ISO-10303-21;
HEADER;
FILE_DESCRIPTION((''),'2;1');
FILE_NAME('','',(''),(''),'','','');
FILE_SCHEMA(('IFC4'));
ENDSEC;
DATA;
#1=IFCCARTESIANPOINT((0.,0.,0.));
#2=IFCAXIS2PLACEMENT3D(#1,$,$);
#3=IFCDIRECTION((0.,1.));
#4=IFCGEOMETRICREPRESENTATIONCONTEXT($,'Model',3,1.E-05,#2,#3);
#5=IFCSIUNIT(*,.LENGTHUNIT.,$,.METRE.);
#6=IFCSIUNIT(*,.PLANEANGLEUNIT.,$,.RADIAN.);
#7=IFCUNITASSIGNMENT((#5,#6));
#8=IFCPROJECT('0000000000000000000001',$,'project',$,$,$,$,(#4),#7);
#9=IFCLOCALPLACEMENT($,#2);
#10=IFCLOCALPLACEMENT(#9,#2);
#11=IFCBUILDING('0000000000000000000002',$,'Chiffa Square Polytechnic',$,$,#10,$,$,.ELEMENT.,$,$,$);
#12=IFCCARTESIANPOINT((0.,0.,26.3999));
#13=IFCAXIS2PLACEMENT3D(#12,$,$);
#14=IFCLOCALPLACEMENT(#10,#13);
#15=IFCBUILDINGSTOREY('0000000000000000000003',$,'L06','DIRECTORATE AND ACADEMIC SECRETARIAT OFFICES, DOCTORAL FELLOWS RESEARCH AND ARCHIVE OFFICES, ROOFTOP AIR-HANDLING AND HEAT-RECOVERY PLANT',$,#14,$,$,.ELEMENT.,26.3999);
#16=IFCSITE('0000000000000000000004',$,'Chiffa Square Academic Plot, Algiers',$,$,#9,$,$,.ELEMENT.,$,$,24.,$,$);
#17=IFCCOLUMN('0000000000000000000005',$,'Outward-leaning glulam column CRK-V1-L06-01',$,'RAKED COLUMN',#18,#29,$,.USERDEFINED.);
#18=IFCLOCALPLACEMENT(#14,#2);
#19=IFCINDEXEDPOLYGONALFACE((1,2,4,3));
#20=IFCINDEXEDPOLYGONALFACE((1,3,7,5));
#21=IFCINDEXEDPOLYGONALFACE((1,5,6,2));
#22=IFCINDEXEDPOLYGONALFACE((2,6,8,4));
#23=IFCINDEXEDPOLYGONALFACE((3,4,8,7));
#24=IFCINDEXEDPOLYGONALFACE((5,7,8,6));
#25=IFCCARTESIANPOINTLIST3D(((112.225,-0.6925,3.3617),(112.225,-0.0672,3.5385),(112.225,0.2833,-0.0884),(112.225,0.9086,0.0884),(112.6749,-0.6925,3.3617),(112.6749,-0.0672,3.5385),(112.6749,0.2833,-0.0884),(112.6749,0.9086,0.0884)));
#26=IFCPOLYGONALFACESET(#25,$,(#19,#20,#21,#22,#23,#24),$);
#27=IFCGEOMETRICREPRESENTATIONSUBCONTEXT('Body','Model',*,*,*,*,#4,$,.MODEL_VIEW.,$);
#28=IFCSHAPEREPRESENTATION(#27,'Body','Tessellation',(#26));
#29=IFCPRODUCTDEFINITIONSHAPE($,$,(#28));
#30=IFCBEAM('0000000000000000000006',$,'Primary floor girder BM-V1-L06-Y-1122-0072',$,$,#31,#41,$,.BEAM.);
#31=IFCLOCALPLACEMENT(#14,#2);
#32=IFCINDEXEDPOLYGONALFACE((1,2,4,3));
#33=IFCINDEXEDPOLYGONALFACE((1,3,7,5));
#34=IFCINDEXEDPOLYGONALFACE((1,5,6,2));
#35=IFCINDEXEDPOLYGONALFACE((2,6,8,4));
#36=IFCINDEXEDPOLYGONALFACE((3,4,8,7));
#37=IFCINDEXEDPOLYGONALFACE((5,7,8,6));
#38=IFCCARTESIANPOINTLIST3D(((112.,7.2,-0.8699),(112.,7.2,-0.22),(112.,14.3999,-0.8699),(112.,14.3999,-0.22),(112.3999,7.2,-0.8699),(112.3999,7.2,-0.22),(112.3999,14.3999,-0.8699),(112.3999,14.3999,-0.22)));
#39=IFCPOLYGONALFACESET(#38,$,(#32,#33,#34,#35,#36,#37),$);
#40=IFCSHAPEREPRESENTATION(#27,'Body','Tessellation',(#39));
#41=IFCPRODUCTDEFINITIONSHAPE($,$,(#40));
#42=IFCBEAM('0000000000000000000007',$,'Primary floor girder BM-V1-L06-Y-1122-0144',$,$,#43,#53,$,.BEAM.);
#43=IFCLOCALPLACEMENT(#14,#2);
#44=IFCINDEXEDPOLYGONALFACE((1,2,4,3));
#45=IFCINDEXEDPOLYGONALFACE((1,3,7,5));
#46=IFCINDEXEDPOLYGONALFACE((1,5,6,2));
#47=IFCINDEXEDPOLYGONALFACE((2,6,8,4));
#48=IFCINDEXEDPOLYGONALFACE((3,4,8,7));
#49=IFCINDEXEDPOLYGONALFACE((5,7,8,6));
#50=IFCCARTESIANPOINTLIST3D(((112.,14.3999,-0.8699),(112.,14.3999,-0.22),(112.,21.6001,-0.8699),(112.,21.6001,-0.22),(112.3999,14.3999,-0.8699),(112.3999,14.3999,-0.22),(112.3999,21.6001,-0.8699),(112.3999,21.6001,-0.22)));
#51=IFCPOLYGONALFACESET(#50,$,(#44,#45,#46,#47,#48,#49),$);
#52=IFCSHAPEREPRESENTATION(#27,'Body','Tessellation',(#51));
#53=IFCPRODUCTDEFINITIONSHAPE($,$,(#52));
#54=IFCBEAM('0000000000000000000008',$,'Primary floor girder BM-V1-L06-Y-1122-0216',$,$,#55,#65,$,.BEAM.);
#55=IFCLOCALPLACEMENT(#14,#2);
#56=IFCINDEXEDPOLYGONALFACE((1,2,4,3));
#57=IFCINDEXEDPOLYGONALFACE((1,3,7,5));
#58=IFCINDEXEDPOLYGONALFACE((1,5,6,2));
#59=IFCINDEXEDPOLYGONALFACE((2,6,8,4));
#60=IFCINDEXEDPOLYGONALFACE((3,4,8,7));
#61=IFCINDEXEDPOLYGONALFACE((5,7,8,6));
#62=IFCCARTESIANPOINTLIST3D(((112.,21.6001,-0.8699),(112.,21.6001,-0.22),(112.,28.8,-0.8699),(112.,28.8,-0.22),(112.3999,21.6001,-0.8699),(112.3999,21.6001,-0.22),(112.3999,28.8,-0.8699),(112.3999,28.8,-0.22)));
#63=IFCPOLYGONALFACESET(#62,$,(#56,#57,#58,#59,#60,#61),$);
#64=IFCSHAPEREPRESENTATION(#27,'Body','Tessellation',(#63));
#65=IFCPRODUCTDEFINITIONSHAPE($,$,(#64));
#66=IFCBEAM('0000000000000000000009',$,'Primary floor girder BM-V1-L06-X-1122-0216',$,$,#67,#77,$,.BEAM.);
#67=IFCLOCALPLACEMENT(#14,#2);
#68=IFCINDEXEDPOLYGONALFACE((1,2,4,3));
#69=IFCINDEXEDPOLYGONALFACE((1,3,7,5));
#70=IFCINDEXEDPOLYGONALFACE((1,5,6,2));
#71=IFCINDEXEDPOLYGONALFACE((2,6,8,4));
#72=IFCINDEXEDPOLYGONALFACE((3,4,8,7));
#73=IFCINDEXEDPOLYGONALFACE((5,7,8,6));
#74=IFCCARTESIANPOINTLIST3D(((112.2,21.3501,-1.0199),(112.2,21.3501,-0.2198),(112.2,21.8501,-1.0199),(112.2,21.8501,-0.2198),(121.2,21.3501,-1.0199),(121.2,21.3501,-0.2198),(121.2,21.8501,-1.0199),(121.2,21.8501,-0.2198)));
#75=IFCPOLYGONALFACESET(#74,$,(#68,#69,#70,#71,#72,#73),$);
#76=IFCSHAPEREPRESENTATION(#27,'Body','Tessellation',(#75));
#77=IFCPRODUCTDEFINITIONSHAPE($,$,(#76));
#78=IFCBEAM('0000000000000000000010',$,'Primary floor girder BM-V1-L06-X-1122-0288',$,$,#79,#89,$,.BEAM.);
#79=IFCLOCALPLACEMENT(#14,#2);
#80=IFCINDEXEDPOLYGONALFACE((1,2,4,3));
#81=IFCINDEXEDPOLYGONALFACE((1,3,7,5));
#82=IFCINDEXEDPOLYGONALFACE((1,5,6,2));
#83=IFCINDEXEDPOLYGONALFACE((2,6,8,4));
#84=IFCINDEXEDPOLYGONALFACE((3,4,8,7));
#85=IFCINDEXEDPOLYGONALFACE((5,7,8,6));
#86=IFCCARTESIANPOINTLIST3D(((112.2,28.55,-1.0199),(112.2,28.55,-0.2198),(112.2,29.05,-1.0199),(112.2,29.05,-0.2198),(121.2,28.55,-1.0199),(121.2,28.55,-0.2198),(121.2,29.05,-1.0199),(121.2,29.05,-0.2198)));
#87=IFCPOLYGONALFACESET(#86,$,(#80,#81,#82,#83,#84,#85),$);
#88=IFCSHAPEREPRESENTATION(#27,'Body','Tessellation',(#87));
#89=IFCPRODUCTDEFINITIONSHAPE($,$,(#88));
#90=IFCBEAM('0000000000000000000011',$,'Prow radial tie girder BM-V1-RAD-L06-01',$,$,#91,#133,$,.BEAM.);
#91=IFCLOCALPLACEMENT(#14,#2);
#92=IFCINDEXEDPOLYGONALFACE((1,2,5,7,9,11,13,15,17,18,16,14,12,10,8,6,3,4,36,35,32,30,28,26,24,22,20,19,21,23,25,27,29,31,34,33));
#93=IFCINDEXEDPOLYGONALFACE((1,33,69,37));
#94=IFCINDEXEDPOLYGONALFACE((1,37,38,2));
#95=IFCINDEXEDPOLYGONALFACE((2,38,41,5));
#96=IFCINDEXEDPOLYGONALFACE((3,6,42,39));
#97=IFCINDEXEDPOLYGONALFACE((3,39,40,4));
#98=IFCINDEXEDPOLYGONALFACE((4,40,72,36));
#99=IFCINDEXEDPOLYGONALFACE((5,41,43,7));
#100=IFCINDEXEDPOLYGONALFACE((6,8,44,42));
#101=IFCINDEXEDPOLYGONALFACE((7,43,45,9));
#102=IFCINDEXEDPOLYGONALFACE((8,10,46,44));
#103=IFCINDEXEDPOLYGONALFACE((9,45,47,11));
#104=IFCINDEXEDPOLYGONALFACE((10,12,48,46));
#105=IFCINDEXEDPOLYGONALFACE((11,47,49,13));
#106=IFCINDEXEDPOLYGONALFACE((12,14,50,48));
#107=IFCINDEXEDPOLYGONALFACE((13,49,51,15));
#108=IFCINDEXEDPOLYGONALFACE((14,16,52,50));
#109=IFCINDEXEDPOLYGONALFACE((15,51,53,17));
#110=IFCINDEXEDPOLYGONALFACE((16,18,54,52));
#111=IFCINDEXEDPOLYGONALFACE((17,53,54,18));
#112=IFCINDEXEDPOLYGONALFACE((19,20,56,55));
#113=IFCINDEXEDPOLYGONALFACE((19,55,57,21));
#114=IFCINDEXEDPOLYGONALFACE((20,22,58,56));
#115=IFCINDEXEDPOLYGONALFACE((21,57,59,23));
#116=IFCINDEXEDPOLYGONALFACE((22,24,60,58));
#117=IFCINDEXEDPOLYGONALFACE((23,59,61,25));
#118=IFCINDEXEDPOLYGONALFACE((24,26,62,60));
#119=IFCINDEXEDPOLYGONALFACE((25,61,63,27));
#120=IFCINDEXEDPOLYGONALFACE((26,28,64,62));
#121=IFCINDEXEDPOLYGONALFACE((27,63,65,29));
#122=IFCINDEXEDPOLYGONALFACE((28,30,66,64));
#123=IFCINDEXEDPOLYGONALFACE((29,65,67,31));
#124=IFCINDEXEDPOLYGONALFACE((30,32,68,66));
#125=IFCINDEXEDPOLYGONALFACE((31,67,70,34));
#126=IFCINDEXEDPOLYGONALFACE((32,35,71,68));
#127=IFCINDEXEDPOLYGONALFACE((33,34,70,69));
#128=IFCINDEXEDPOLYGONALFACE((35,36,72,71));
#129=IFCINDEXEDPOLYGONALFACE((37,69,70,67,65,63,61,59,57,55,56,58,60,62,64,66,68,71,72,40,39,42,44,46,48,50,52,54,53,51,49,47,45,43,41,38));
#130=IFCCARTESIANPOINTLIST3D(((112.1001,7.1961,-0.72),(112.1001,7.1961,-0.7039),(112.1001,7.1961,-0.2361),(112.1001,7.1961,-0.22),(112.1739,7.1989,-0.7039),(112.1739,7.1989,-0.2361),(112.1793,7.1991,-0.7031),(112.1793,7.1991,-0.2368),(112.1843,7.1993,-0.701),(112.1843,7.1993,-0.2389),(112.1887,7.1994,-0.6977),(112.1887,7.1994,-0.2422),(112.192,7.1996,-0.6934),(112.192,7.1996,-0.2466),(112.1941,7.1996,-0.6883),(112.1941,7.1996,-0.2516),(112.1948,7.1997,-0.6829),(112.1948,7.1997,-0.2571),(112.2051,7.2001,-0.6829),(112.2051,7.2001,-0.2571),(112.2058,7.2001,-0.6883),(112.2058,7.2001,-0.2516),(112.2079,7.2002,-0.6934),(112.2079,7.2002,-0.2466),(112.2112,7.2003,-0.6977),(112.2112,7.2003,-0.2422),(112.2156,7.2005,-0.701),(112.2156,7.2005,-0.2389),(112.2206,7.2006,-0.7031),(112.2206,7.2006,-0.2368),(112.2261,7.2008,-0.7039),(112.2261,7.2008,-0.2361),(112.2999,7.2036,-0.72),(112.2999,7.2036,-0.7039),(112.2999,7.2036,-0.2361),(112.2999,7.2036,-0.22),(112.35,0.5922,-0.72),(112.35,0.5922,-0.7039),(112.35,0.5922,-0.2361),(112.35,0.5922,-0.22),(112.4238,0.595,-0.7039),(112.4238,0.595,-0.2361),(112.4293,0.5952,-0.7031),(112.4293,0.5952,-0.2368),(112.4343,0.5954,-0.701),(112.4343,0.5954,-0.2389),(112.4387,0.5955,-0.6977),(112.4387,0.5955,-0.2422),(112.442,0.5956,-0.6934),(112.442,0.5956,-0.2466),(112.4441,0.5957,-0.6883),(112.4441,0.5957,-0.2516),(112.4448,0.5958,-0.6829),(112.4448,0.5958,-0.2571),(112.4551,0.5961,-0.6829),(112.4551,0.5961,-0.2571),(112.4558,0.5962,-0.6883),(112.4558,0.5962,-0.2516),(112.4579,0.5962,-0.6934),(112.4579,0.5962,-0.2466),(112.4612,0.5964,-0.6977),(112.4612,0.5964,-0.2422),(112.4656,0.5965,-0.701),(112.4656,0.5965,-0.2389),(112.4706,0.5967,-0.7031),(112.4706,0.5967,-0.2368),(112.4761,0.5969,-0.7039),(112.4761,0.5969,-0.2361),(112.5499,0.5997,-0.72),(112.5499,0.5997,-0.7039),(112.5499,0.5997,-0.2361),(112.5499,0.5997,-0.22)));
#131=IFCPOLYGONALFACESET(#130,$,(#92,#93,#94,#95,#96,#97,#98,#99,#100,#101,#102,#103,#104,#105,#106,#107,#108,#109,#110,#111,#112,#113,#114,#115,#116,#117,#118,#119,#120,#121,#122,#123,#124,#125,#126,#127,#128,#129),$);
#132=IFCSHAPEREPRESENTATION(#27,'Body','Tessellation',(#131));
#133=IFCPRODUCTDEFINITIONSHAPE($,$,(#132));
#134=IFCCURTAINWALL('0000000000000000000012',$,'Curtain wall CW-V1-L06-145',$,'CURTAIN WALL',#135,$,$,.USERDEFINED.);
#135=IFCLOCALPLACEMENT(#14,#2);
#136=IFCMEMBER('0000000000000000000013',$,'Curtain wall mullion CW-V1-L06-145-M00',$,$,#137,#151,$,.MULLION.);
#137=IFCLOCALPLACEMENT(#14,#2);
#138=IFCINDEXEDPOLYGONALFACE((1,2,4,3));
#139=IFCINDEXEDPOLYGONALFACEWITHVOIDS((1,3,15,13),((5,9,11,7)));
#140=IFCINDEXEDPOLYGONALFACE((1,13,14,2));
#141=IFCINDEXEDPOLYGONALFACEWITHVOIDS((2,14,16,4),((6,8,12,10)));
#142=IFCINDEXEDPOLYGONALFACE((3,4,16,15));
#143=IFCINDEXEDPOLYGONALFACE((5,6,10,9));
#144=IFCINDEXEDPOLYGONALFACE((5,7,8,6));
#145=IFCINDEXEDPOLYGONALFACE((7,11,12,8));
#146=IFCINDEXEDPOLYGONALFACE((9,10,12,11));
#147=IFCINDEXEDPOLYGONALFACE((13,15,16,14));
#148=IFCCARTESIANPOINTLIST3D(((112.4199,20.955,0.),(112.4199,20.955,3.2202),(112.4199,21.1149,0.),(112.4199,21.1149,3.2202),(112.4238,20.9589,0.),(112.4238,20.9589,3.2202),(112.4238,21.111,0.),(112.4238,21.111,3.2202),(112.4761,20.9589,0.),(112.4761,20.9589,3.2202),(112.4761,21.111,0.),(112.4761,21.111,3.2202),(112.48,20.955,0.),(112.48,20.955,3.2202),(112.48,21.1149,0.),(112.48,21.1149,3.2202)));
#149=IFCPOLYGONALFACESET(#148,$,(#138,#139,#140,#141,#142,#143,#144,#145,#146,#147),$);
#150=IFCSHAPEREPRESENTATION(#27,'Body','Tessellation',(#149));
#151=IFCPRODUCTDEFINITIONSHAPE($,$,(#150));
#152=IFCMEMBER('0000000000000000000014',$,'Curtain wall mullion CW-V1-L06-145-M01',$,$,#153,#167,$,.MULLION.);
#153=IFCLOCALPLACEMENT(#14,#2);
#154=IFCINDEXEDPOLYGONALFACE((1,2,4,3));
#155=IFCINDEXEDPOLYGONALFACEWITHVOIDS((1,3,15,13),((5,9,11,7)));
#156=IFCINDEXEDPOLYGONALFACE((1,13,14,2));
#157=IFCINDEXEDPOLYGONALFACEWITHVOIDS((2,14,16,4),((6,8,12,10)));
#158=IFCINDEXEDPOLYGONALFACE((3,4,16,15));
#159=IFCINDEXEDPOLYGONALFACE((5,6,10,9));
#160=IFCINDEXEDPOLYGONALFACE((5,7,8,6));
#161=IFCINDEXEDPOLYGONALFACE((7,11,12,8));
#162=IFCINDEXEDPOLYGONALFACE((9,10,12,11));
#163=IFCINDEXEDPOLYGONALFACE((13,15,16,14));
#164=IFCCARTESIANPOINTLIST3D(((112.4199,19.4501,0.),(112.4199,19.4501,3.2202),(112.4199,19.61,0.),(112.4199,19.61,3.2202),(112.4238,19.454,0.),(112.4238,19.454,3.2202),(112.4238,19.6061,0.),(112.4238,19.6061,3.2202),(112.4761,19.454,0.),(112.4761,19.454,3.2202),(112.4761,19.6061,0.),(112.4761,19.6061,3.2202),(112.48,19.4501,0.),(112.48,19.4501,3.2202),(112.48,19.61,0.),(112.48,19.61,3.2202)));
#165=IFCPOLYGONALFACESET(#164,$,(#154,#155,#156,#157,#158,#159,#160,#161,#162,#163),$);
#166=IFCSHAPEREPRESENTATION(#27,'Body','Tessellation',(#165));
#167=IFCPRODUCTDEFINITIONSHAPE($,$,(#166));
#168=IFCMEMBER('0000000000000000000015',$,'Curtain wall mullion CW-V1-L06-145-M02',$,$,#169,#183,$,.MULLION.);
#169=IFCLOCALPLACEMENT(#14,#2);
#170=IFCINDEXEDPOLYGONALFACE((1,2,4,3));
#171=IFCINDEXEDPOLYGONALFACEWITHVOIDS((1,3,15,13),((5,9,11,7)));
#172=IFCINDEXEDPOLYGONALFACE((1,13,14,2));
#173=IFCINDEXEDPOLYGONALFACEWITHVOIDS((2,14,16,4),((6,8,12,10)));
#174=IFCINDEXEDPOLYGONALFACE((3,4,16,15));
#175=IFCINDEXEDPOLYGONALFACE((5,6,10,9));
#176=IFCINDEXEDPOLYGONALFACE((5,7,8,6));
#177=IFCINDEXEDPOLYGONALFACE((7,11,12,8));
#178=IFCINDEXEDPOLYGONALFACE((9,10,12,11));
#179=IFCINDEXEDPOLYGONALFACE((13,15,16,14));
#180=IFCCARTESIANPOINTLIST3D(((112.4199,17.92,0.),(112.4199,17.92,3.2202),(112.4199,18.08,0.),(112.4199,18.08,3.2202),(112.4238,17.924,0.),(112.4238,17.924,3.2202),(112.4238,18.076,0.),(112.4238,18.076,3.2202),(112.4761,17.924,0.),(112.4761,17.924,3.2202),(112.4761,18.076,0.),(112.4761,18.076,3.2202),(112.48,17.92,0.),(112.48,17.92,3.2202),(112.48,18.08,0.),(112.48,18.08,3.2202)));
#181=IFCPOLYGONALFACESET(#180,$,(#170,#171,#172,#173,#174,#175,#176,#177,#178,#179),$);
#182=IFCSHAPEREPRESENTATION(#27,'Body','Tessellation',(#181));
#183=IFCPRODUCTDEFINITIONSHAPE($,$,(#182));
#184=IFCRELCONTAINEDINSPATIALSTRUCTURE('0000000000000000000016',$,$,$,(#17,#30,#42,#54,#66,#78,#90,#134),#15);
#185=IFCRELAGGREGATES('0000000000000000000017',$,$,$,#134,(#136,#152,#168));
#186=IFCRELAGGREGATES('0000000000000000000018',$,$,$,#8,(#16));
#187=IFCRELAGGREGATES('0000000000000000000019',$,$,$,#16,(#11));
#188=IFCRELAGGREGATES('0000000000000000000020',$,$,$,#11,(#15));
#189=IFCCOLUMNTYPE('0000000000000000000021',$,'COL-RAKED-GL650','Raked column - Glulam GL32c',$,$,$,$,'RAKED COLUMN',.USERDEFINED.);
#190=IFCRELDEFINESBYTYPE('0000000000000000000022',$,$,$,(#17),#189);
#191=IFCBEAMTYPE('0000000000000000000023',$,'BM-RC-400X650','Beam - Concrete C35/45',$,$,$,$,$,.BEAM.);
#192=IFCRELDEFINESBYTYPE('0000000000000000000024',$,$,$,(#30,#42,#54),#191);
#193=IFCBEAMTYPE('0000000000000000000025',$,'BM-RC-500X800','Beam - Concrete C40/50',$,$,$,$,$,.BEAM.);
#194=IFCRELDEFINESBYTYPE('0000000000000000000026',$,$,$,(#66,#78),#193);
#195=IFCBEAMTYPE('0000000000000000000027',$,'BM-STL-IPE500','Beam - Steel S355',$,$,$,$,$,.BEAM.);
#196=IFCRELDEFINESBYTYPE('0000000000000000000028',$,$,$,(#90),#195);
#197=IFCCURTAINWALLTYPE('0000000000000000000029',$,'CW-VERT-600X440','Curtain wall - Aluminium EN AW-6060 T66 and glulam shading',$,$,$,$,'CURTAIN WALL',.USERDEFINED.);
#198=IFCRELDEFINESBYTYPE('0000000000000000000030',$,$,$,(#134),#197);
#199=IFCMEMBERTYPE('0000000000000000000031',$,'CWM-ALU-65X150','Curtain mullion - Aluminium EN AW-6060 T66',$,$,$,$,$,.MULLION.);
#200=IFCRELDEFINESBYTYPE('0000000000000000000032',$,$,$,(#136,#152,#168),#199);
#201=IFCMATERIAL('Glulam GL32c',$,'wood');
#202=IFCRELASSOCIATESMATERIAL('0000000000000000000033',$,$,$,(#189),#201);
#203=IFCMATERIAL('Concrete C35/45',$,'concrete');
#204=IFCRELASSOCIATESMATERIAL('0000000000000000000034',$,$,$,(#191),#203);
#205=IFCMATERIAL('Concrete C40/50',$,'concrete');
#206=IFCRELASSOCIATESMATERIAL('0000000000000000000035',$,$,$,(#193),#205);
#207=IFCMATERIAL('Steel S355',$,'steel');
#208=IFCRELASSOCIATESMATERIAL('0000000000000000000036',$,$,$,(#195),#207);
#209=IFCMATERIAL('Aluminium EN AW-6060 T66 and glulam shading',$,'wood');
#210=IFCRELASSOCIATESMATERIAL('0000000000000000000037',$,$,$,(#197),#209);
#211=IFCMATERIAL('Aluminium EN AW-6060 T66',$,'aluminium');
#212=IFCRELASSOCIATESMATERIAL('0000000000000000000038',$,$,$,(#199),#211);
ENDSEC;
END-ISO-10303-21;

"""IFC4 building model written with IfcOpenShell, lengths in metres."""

from ifc_helpers import new_model, si_unit, direction, frame, origin, origin_2d, place, context, subcontext, project, spatial, rectangle, hollow_rectangle, i_section, extrude, material, material_profile, profile_set, type_object, element, aggregate, save


model = new_model("IFC4")

# Units and contexts
model_context = context("Model", 3, precision=1e-05, world=origin(), true_north=direction((0.0, 1.0)))
body_context = subcontext(model_context, "Body", "Model", "MODEL_VIEW")
ifc_project = project(units=[si_unit("LENGTHUNIT", "METRE"), si_unit("PLANEANGLEUNIT", "RADIAN")], contexts=[model_context])

# Site, building, storey
site_placement = place(None, origin())
site = spatial("IfcSite", under=ifc_project, at=site_placement, Name="Chiffa Square Academic Plot, Algiers", CompositionType="ELEMENT", RefElevation=24.0)
building_placement = place(site_placement, origin())
building = spatial("IfcBuilding", under=site, at=building_placement, Name="Chiffa Square Polytechnic", CompositionType="ELEMENT")
storey_placement = place(building_placement, frame((0.0, 0.0, 26.3999)))
storey = spatial("IfcBuildingStorey", under=building, at=storey_placement, Name="L06", Description="DIRECTORATE AND ACADEMIC SECRETARIAT OFFICES, DOCTORAL FELLOWS RESEARCH AND ARCHIVE OFFICES, ROOFTOP AIR-HANDLING AND HEAT-RECOVERY PLANT", CompositionType="ELEMENT", Elevation=26.3999)

# Column
ifc_material_1 = material(Name="Glulam GL32c", Category="wood")
ifc_material_profile_1 = material_profile(ifc_material_1, rectangle(XDim=0.45, YDim=0.6499, at=origin_2d()), Name="GL32c 450x650")
ifc_profile_set_1 = profile_set([ifc_material_profile_1], Name="Glulam GL32c")
column_type = type_object("IfcColumnType", Name="COL-RAKED-GL650", Description="Raked column - Glulam GL32c", ElementType="RAKED COLUMN", PredefinedType="USERDEFINED", material=ifc_profile_set_1)
column_placement = place(storey_placement, frame((112.45, 0.5959, 0.0), z_axis=(0.0, -0.272157, 0.962253), x_axis=(1.0, 0.0, 0.0)))
element("IfcColumn", 1, at=column_placement, inside=storey, type_object=column_type, Name="Outward-leaning glulam column CRK-V1-L06-01", ObjectType="RAKED COLUMN", PredefinedType="USERDEFINED", context=body_context, shape_type="SweptSolid", body=[
    extrude(rectangle(XDim=0.45, YDim=0.6499, at=origin_2d()), origin(), (0.0, 0.0, 1.0), 3.5854),
])

# Beams
ifc_material_2 = material(Name="Concrete C35/45", Category="concrete")
ifc_material_profile_2 = material_profile(ifc_material_2, rectangle(XDim=0.3999, YDim=0.6499, at=origin_2d()), Name="RC 400x650")
ifc_profile_set_2 = profile_set([ifc_material_profile_2], Name="Concrete C35/45")
beam_type_1 = type_object("IfcBeamType", Name="BM-RC-400X650", Description="Beam - Concrete C35/45", PredefinedType="BEAM", material=ifc_profile_set_2)
beam_1_placement = place(storey_placement, frame((112.2, 7.2, -0.5449), z_axis=(0.0, 1.0, 0.0), x_axis=(-1.0, 0.0, 0.0)))
element("IfcBeam", 2, at=beam_1_placement, inside=storey, type_object=beam_type_1, Name="Primary floor girder BM-V1-L06-Y-1122-0072", PredefinedType="BEAM", context=body_context, shape_type="SweptSolid", body=[
    extrude(rectangle(XDim=0.3999, YDim=0.6499, at=origin_2d()), origin(), (0.0, 0.0, 1.0), 7.2),
])
beam_2_placement = place(storey_placement, frame((112.2, 14.3999, -0.5449), z_axis=(0.0, 1.0, 0.0), x_axis=(-1.0, 0.0, 0.0)))
element("IfcBeam", 3, at=beam_2_placement, inside=storey, type_object=beam_type_1, Name="Primary floor girder BM-V1-L06-Y-1122-0144", PredefinedType="BEAM", context=body_context, shape_type="SweptSolid", body=[
    extrude(rectangle(XDim=0.3999, YDim=0.6499, at=origin_2d()), origin(), (0.0, 0.0, 1.0), 7.2002),
])
beam_3_placement = place(storey_placement, frame((112.2, 21.6001, -0.5449), z_axis=(0.0, 1.0, 0.0), x_axis=(-1.0, 0.0, 0.0)))
element("IfcBeam", 4, at=beam_3_placement, inside=storey, type_object=beam_type_1, Name="Primary floor girder BM-V1-L06-Y-1122-0216", PredefinedType="BEAM", context=body_context, shape_type="SweptSolid", body=[
    extrude(rectangle(XDim=0.3999, YDim=0.6499, at=origin_2d()), origin(), (0.0, 0.0, 1.0), 7.2),
])
ifc_material_3 = material(Name="Concrete C40/50", Category="concrete")
ifc_material_profile_3 = material_profile(ifc_material_3, rectangle(XDim=0.5, YDim=0.8, at=origin_2d()), Name="RC 500x800")
ifc_profile_set_3 = profile_set([ifc_material_profile_3], Name="Concrete C40/50")
beam_type_2 = type_object("IfcBeamType", Name="BM-RC-500X800", Description="Beam - Concrete C40/50", PredefinedType="BEAM", material=ifc_profile_set_3)
for number, where, z_axis, x_axis, name in (
    (5, (112.2, 21.6001, -0.6199), (1.0, 0.0, 0.0), (0.0, 1.0, 0.0), "Primary floor girder BM-V1-L06-X-1122-0216"),
    (6, (112.2, 28.8, -0.6199), (1.0, 0.0, 0.0), (0.0, 1.0, 0.0), "Primary floor girder BM-V1-L06-X-1122-0288"),
):
    element("IfcBeam", number, at=place(storey_placement, frame(where, z_axis=z_axis, x_axis=x_axis)), inside=storey, type_object=beam_type_2, Name=name, PredefinedType="BEAM", context=body_context, shape_type="SweptSolid", body=[
        extrude(rectangle(XDim=0.5, YDim=0.8, at=origin_2d()), origin(), (0.0, 0.0, 1.0), 9.0),
    ])
ifc_material_4 = material(Name="Steel S355", Category="steel")
ifc_material_profile_4 = material_profile(ifc_material_4, i_section(OverallWidth=0.2, OverallDepth=0.5, WebThickness=0.0103, FlangeThickness=0.0161, FilletRadius=0.021, at=origin_2d()), Name="IPE 500")
ifc_profile_set_4 = profile_set([ifc_material_profile_4], Name="Steel S355")
beam_type_3 = type_object("IfcBeamType", Name="BM-STL-IPE500", Description="Beam - Steel S355", PredefinedType="BEAM", material=ifc_profile_set_4)
beam_4_placement = place(storey_placement, frame((112.45, 0.5959, -0.47), z_axis=(-0.037829, 0.999284, 0.0), x_axis=(-0.999284, -0.037829, 0.0)))
element("IfcBeam", 7, at=beam_4_placement, inside=storey, type_object=beam_type_3, Name="Prow radial tie girder BM-V1-RAD-L06-01", PredefinedType="BEAM", context=body_context, shape_type="SweptSolid", body=[
    extrude(i_section(OverallWidth=0.2, OverallDepth=0.5, WebThickness=0.0103, FlangeThickness=0.0161, FilletRadius=0.021, at=origin_2d()), origin(), (0.0, 0.0, 1.0), 6.6086),
])

# Curtain wall, members
ifc_material_5 = material(Name="Aluminium EN AW-6060 T66 and glulam shading", Category="wood")
curtain_wall_type = type_object("IfcCurtainWallType", Name="CW-VERT-600X440", Description="Curtain wall - Aluminium EN AW-6060 T66 and glulam shading", ElementType="CURTAIN WALL", PredefinedType="USERDEFINED", material=ifc_material_5)
curtain_wall_placement = place(storey_placement, origin())
curtain_wall = element("IfcCurtainWall", 8, at=curtain_wall_placement, inside=storey, type_object=curtain_wall_type, Name="Curtain wall CW-V1-L06-145", ObjectType="CURTAIN WALL", PredefinedType="USERDEFINED")
ifc_material_6 = material(Name="Aluminium EN AW-6060 T66", Category="aluminium")
ifc_material_profile_5 = material_profile(ifc_material_6, hollow_rectangle(XDim=0.0601, YDim=0.1599, WallThickness=0.0039, at=origin_2d()), Name="ALU 60x160x4")
ifc_profile_set_5 = profile_set([ifc_material_profile_5], Name="Aluminium EN AW-6060 T66")
member_type_1 = type_object("IfcMemberType", Name="CWM-ALU-65X150", Description="Curtain mullion - Aluminium EN AW-6060 T66", PredefinedType="MULLION", material=ifc_profile_set_5)
member_1_placement = place(storey_placement, frame((112.45, 21.0349, 0.0), z_axis=(0.0, 0.0, 1.0), x_axis=(1.0, 0.0, 0.0)))
member_1 = element("IfcMember", 9, at=member_1_placement, type_object=member_type_1, Name="Curtain wall mullion CW-V1-L06-145-M00", PredefinedType="MULLION", context=body_context, shape_type="SweptSolid", body=[
    extrude(hollow_rectangle(XDim=0.0601, YDim=0.1599, WallThickness=0.0039, at=origin_2d()), origin(), (0.0, 0.0, 1.0), 3.2202),
])
member_2_placement = place(storey_placement, frame((112.45, 19.53, 0.0), z_axis=(0.0, 0.0, 1.0), x_axis=(1.0, 0.0, 0.0)))
member_2 = element("IfcMember", 10, at=member_2_placement, type_object=member_type_1, Name="Curtain wall mullion CW-V1-L06-145-M01", PredefinedType="MULLION", context=body_context, shape_type="SweptSolid", body=[
    extrude(hollow_rectangle(XDim=0.0601, YDim=0.1599, WallThickness=0.0039, at=origin_2d()), origin(), (0.0, 0.0, 1.0), 3.2202),
])
member_3_placement = place(storey_placement, frame((112.45, 18.0, 0.0), z_axis=(0.0, 0.0, 1.0), x_axis=(1.0, 0.0, 0.0)))
member_3 = element("IfcMember", 11, at=member_3_placement, type_object=member_type_1, Name="Curtain wall mullion CW-V1-L06-145-M02", PredefinedType="MULLION", context=body_context, shape_type="SweptSolid", body=[
    extrude(hollow_rectangle(XDim=0.0601, YDim=0.1599, WallThickness=0.0039, at=origin_2d()), origin(), (0.0, 0.0, 1.0), 3.2202),
])

aggregate(curtain_wall, [member_1, member_2, member_3])

save(model, "model.ifc")
